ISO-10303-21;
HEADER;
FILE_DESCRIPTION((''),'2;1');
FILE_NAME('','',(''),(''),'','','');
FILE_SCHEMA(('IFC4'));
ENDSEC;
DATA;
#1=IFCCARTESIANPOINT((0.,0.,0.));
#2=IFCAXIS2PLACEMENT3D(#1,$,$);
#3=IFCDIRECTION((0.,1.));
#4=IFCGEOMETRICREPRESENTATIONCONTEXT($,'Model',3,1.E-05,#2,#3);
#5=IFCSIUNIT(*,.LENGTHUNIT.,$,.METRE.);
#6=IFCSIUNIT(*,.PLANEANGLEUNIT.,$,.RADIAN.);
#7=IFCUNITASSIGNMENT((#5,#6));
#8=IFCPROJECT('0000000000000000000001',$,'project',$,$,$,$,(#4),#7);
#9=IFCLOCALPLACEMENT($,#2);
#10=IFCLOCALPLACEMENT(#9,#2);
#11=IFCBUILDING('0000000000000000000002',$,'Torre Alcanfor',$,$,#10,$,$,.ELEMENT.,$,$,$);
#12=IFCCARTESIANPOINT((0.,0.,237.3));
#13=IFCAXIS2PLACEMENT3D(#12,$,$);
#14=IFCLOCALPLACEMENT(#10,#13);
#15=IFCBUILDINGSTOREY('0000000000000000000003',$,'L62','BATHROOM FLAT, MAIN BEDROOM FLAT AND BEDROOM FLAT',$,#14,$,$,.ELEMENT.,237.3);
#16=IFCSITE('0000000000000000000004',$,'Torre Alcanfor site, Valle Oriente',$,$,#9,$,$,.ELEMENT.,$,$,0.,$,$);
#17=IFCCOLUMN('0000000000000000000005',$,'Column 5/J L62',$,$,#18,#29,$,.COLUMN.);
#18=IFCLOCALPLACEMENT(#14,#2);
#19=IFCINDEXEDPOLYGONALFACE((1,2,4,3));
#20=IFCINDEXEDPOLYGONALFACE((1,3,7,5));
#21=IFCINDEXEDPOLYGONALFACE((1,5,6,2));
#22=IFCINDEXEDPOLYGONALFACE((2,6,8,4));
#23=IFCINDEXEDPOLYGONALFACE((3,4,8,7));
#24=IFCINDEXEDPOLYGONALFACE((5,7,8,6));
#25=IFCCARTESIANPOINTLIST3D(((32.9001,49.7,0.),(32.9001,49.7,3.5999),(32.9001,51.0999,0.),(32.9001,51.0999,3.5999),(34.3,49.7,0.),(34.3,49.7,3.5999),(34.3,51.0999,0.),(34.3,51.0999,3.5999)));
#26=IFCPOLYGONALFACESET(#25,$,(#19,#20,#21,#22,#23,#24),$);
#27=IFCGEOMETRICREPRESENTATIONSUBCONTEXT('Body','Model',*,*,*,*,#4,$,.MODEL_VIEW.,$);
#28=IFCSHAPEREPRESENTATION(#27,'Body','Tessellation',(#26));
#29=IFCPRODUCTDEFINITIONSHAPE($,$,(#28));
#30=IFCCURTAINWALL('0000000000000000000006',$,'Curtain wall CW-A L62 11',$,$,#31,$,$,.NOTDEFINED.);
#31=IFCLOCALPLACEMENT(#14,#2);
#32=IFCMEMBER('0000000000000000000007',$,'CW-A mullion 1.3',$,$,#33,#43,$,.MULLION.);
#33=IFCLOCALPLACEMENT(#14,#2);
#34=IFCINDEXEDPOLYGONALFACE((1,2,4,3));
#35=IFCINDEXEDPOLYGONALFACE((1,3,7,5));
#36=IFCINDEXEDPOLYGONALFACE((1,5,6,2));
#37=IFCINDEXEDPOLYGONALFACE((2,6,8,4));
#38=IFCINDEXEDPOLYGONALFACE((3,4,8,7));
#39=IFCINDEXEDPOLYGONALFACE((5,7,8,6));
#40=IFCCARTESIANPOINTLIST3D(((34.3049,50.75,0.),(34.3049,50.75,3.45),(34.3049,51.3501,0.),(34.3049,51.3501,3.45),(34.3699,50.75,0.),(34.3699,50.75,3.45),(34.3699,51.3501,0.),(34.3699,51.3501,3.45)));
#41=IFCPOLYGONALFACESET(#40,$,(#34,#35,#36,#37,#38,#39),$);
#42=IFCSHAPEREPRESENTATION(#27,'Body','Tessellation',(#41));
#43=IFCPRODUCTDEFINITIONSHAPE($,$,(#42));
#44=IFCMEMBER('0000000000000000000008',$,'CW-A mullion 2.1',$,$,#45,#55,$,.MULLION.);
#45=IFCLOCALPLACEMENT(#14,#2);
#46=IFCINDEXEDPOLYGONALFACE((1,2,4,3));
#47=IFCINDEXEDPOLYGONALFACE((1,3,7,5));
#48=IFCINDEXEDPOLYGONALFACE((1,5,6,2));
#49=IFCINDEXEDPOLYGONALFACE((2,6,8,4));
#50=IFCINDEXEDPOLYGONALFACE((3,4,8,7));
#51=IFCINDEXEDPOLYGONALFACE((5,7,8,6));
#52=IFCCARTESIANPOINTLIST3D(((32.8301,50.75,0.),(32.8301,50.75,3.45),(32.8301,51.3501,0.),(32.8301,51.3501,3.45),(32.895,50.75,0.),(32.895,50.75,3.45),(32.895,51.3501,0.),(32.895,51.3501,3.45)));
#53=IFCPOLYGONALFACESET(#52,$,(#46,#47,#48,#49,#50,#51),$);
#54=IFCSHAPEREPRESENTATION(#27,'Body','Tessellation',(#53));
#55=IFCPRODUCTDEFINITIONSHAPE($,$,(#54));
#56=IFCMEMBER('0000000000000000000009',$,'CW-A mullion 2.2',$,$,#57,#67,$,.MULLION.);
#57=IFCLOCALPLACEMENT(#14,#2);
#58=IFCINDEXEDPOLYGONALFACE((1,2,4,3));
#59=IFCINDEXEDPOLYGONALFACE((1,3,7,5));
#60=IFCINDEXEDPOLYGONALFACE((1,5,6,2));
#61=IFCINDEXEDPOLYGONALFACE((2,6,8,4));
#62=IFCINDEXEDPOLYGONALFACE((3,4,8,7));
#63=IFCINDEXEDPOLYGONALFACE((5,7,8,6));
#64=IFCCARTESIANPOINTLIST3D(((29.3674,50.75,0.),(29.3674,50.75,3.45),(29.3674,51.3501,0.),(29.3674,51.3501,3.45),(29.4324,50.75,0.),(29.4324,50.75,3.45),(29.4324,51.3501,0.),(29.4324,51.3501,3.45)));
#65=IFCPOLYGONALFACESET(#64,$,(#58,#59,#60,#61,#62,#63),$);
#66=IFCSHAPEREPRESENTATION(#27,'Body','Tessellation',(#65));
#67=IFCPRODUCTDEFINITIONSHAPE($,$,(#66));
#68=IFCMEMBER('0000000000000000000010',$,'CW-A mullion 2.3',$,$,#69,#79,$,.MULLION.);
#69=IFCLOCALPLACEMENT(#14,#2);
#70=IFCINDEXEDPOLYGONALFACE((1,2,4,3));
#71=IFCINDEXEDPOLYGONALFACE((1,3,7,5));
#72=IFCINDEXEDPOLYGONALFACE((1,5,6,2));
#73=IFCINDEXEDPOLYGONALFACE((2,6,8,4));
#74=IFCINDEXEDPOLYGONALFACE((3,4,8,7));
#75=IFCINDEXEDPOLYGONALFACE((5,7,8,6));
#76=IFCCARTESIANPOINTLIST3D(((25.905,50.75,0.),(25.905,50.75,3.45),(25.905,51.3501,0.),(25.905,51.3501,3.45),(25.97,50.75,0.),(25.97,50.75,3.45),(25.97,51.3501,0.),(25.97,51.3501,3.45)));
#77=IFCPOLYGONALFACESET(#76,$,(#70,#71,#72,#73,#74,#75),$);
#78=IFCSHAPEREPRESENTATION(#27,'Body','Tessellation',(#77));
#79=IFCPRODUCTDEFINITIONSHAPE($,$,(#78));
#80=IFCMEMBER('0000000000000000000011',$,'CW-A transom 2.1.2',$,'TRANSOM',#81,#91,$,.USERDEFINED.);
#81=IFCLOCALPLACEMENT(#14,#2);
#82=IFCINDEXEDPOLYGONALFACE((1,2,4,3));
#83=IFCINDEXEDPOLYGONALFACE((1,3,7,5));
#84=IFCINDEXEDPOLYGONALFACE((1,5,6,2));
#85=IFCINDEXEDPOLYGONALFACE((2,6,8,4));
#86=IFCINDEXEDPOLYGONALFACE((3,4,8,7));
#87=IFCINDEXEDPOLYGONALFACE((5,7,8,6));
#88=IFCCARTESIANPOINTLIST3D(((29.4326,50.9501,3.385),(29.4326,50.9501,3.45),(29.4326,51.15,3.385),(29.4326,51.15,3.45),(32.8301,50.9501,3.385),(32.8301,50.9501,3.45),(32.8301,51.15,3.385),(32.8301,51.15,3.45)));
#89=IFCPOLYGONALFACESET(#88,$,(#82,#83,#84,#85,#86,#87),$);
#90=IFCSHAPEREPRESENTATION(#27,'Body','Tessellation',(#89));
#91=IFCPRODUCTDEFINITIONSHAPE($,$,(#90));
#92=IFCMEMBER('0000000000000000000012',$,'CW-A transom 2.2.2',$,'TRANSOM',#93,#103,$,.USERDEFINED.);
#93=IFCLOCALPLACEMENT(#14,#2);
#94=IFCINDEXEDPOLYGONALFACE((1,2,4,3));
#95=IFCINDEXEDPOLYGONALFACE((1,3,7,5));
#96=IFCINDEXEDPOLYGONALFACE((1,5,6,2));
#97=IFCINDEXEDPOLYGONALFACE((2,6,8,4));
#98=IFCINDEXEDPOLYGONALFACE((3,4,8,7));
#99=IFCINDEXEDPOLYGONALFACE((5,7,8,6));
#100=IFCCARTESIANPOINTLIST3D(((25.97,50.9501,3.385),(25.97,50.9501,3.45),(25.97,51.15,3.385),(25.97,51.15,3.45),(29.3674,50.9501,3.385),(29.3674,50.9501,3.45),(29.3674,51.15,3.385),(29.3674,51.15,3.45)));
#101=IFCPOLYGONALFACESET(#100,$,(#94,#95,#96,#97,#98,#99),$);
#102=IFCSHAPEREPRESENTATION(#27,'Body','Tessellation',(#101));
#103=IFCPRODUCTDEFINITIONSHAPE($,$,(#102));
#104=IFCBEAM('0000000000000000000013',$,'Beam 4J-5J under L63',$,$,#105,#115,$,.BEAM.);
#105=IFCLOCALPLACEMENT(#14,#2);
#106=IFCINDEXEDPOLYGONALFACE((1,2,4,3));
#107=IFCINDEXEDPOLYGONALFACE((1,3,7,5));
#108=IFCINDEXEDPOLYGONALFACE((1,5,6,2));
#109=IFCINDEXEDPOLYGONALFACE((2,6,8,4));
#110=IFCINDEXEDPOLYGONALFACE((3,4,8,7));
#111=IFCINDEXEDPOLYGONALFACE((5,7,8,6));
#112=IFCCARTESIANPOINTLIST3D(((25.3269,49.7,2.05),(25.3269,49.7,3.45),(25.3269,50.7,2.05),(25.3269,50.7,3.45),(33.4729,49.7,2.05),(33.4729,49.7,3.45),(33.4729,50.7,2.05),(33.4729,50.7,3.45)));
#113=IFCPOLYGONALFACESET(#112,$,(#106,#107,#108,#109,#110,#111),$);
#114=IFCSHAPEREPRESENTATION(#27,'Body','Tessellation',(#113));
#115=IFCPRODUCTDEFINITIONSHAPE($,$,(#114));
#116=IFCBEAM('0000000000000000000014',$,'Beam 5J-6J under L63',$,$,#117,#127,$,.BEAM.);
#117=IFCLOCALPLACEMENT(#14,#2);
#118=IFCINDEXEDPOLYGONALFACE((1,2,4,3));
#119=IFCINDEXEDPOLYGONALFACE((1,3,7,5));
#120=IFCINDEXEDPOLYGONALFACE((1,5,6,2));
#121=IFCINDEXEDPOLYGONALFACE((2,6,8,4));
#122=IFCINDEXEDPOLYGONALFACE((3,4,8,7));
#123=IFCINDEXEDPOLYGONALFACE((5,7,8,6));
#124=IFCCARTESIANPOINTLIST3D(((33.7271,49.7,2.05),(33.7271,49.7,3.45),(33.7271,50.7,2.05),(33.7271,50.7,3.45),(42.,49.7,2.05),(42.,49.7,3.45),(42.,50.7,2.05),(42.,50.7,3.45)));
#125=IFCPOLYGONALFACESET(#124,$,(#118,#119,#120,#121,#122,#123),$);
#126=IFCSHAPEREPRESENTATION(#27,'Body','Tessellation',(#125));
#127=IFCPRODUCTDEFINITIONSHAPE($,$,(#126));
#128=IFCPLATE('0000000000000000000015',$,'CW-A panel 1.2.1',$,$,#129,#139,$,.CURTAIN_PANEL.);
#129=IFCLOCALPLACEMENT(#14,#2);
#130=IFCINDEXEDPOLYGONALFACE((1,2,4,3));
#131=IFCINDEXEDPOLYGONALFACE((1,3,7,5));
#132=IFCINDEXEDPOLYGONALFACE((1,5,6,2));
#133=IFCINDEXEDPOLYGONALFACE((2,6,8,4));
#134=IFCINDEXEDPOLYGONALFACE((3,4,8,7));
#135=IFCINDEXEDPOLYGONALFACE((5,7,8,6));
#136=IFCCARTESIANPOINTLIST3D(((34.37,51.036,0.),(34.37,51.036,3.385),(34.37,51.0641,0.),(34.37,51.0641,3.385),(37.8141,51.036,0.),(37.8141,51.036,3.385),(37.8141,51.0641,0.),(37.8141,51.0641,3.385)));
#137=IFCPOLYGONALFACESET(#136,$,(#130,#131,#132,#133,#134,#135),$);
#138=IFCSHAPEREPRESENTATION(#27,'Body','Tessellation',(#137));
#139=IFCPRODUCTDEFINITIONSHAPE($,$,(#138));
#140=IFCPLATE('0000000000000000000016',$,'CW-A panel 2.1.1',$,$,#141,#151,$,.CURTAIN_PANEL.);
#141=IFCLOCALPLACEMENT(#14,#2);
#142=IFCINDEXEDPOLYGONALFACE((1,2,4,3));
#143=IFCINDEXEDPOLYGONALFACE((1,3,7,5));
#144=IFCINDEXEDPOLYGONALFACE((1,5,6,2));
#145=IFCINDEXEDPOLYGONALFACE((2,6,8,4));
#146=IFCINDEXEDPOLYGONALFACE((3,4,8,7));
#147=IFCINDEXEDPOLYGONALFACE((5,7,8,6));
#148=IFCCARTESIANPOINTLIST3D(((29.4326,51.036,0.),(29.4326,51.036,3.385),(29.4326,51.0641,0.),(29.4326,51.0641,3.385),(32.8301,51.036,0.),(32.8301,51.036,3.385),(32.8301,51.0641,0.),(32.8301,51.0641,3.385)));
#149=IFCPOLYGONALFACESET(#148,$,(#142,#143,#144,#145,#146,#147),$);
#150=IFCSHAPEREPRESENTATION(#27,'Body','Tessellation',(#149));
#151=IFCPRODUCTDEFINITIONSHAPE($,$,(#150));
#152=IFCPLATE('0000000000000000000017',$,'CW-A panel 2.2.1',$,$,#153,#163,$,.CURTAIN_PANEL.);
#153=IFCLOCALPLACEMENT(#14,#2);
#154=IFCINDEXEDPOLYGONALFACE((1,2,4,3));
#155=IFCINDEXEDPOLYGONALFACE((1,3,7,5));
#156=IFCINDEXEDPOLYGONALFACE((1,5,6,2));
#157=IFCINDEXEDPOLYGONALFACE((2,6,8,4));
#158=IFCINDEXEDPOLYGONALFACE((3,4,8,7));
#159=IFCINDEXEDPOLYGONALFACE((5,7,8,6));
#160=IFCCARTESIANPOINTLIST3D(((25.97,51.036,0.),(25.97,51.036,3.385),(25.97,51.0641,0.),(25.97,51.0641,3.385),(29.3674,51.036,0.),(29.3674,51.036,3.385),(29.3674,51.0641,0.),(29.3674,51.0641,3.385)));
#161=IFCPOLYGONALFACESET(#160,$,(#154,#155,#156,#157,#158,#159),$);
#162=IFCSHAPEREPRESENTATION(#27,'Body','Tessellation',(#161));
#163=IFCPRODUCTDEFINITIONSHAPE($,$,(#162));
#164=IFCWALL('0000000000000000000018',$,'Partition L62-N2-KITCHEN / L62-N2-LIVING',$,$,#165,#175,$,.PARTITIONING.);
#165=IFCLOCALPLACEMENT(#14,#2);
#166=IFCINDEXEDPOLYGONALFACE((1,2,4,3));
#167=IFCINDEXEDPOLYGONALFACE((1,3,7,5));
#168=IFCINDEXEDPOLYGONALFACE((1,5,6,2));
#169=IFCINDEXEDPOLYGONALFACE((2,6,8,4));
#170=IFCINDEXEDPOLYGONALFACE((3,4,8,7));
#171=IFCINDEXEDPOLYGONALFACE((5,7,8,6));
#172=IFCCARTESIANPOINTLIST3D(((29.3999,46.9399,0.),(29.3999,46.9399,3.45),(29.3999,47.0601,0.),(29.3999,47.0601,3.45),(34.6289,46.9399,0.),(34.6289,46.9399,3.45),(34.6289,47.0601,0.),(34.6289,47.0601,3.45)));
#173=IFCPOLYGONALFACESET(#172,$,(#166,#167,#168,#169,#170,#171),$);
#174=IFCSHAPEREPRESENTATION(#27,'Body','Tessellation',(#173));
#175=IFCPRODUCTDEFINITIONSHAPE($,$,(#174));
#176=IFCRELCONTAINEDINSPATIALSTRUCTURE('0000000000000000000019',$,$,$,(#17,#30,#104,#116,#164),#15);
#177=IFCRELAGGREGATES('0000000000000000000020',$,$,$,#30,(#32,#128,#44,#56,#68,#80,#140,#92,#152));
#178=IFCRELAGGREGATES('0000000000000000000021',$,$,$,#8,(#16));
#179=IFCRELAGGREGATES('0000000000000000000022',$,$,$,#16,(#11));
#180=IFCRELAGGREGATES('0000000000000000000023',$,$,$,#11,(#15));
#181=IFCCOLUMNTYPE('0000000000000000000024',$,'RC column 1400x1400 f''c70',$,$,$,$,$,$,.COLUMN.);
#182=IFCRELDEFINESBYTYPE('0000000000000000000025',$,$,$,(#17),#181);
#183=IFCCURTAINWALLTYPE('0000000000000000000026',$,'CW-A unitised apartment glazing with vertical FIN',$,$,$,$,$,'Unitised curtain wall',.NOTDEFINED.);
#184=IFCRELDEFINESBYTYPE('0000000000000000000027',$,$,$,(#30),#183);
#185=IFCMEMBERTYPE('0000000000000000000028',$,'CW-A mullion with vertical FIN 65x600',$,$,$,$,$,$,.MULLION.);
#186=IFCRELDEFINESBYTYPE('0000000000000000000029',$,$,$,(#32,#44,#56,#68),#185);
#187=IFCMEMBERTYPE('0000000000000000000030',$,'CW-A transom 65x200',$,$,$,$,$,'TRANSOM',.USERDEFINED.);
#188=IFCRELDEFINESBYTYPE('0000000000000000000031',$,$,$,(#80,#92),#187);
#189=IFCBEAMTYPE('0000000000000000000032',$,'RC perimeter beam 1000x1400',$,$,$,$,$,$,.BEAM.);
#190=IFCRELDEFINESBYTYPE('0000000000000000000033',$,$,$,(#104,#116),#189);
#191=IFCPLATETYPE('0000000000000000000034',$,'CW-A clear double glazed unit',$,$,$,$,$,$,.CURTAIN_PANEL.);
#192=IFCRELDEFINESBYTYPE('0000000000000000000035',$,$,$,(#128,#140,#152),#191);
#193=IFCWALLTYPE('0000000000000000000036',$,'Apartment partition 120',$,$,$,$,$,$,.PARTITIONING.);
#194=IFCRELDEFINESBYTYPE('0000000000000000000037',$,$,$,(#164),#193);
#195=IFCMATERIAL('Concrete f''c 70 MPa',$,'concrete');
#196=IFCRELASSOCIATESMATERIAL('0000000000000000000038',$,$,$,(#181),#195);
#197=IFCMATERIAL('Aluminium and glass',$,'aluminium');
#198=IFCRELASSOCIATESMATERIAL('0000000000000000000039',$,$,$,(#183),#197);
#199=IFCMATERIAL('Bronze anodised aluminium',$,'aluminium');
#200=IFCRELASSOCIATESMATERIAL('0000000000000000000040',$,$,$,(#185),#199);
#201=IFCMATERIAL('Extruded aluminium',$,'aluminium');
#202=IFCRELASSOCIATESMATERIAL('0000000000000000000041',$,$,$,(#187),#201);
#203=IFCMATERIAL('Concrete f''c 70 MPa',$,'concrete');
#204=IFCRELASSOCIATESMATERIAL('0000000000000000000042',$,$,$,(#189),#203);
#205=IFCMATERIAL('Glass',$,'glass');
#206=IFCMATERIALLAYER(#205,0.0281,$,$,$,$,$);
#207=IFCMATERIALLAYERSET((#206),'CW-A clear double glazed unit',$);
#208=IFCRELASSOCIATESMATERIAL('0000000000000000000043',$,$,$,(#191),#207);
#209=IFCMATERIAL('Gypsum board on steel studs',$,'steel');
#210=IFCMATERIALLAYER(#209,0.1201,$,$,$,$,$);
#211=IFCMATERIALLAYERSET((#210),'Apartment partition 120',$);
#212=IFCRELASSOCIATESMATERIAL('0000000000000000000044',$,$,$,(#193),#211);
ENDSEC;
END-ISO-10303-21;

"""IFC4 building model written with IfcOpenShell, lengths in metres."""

from ifc_helpers import new_model, si_unit, direction, frame, frame_2d, origin, origin_2d, place, context, subcontext, project, spatial, rectangle, extrude, material, layer, layer_set, material_profile, profile_set, type_object, element, aggregate, save


model = new_model("IFC4")

# Units and contexts
model_context = context("Model", 3, precision=1e-05, world=origin(), true_north=direction((0.0, 1.0)))
body_context = subcontext(model_context, "Body", "Model", "MODEL_VIEW")
ifc_project = project(units=[si_unit("LENGTHUNIT", "METRE"), si_unit("PLANEANGLEUNIT", "RADIAN")], contexts=[model_context])

# Site, building, storey
site_placement = place(None, origin())
site = spatial("IfcSite", under=ifc_project, at=site_placement, Name="Torre Alcanfor site, Valle Oriente", CompositionType="ELEMENT", RefElevation=0.0)
building_placement = place(site_placement, origin())
building = spatial("IfcBuilding", under=site, at=building_placement, Name="Torre Alcanfor", CompositionType="ELEMENT")
storey_placement = place(building_placement, frame((0.0, 0.0, 237.3)))
storey = spatial("IfcBuildingStorey", under=building, at=storey_placement, Name="L62", Description="BATHROOM FLAT, MAIN BEDROOM FLAT AND BEDROOM FLAT", CompositionType="ELEMENT", Elevation=237.3)

# Column
ifc_material_1 = material(Name="Concrete f'c 70 MPa", Category="concrete")
ifc_material_profile_1 = material_profile(ifc_material_1, rectangle(XDim=1.3999, YDim=1.3999, at=origin_2d()), Name="1400x1400")
ifc_profile_set_1 = profile_set([ifc_material_profile_1], Name="Concrete f'c 70 MPa")
column_type = type_object("IfcColumnType", Name="RC column 1400x1400 f'c70", PredefinedType="COLUMN", material=ifc_profile_set_1)
column_placement = place(storey_placement, frame((33.6001, 50.3999, 0.0), z_axis=(0.0, 0.0, 1.0), x_axis=(1.0, 0.0, 0.0)))
element("IfcColumn", 1, at=column_placement, inside=storey, type_object=column_type, Name="Column 5/J L62", PredefinedType="COLUMN", context=body_context, shape_type="SweptSolid", body=[
    extrude(rectangle(XDim=1.3999, YDim=1.3999, at=origin_2d()), origin(), (0.0, 0.0, 1.0), 3.5999),
])

# Curtain wall, members
ifc_material_2 = material(Name="Aluminium and glass", Category="aluminium")
curtain_wall_type = type_object("IfcCurtainWallType", Name="CW-A unitised apartment glazing with vertical FIN", ElementType="Unitised curtain wall", PredefinedType="NOTDEFINED", material=ifc_material_2)
curtain_wall_placement = place(storey_placement, origin())
curtain_wall = element("IfcCurtainWall", 2, at=curtain_wall_placement, inside=storey, type_object=curtain_wall_type, Name="Curtain wall CW-A L62 11", PredefinedType="NOTDEFINED")
ifc_material_3 = material(Name="Bronze anodised aluminium", Category="aluminium")
ifc_material_profile_2 = material_profile(ifc_material_3, rectangle(XDim=0.6001, YDim=0.0649, at=origin_2d()), Name="CW-A mullion 65x600")
ifc_profile_set_2 = profile_set([ifc_material_profile_2], Name="Bronze anodised aluminium")
member_type_1 = type_object("IfcMemberType", Name="CW-A mullion with vertical FIN 65x600", PredefinedType="MULLION", material=ifc_profile_set_2)
member_1_placement = place(storey_placement, frame((34.3374, 51.05, 0.0), z_axis=(0.0, 0.0, 1.0), x_axis=(0.0, -1.0, 0.0)))
member_1 = element("IfcMember", 3, at=member_1_placement, type_object=member_type_1, Name="CW-A mullion 1.3", PredefinedType="MULLION", context=body_context, shape_type="SweptSolid", body=[
    extrude(rectangle(XDim=0.6001, YDim=0.0649, at=origin_2d()), origin(), (0.0, 0.0, 1.0), 3.45),
])
member_2_placement = place(storey_placement, frame((32.8625, 51.05, 0.0), z_axis=(0.0, 0.0, 1.0), x_axis=(0.0, -1.0, 0.0)))
member_2 = element("IfcMember", 4, at=member_2_placement, type_object=member_type_1, Name="CW-A mullion 2.1", PredefinedType="MULLION", context=body_context, shape_type="SweptSolid", body=[
    extrude(rectangle(XDim=0.6001, YDim=0.0649, at=origin_2d()), origin(), (0.0, 0.0, 1.0), 3.45),
])
member_3_placement = place(storey_placement, frame((29.3999, 51.05, 0.0), z_axis=(0.0, 0.0, 1.0), x_axis=(0.0, -1.0, 0.0)))
member_3 = element("IfcMember", 5, at=member_3_placement, type_object=member_type_1, Name="CW-A mullion 2.2", PredefinedType="MULLION", context=body_context, shape_type="SweptSolid", body=[
    extrude(rectangle(XDim=0.6001, YDim=0.0649, at=origin_2d()), origin(), (0.0, 0.0, 1.0), 3.45),
])
member_4_placement = place(storey_placement, frame((25.9375, 51.05, 0.0), z_axis=(0.0, 0.0, 1.0), x_axis=(0.0, -1.0, 0.0)))
member_4 = element("IfcMember", 6, at=member_4_placement, type_object=member_type_1, Name="CW-A mullion 2.3", PredefinedType="MULLION", context=body_context, shape_type="SweptSolid", body=[
    extrude(rectangle(XDim=0.6001, YDim=0.0649, at=origin_2d()), origin(), (0.0, 0.0, 1.0), 3.45),
])
ifc_material_4 = material(Name="Extruded aluminium", Category="aluminium")
ifc_material_profile_3 = material_profile(ifc_material_4, rectangle(XDim=0.2, YDim=0.0649, at=origin_2d()), Name="CW-A transom 200x65")
ifc_profile_set_3 = profile_set([ifc_material_profile_3], Name="Extruded aluminium")
member_type_2 = type_object("IfcMemberType", Name="CW-A transom 65x200", ElementType="TRANSOM", PredefinedType="USERDEFINED", material=ifc_profile_set_3)
member_5_placement = place(storey_placement, frame((32.8301, 51.05, 3.4175), z_axis=(-1.0, 0.0, 0.0), x_axis=(0.0, -1.0, 0.0)))
member_5 = element("IfcMember", 7, at=member_5_placement, type_object=member_type_2, Name="CW-A transom 2.1.2", ObjectType="TRANSOM", PredefinedType="USERDEFINED", context=body_context, shape_type="SweptSolid", body=[
    extrude(rectangle(XDim=0.2, YDim=0.0649, at=origin_2d()), origin(), (0.0, 0.0, 1.0), 3.3975),
])
member_6_placement = place(storey_placement, frame((29.3674, 51.05, 3.4175), z_axis=(-1.0, 0.0, 0.0), x_axis=(0.0, -1.0, 0.0)))
member_6 = element("IfcMember", 8, at=member_6_placement, type_object=member_type_2, Name="CW-A transom 2.2.2", ObjectType="TRANSOM", PredefinedType="USERDEFINED", context=body_context, shape_type="SweptSolid", body=[
    extrude(rectangle(XDim=0.2, YDim=0.0649, at=origin_2d()), origin(), (0.0, 0.0, 1.0), 3.3975),
])

# Beams
ifc_material_5 = material(Name="Concrete f'c 70 MPa", Category="concrete")
ifc_material_profile_4 = material_profile(ifc_material_5, rectangle(XDim=1.0, YDim=1.3999, at=origin_2d()), Name="1000x1400")
ifc_profile_set_4 = profile_set([ifc_material_profile_4], Name="Concrete f'c 70 MPa")
beam_type = type_object("IfcBeamType", Name="RC perimeter beam 1000x1400", PredefinedType="BEAM", material=ifc_profile_set_4)
beam_1_placement = place(storey_placement, frame((25.3269, 50.2, 2.75), z_axis=(1.0, 0.0, 0.0), x_axis=(0.0, 1.0, 0.0)))
element("IfcBeam", 9, at=beam_1_placement, inside=storey, type_object=beam_type, Name="Beam 4J-5J under L63", PredefinedType="BEAM", context=body_context, shape_type="SweptSolid", body=[
    extrude(rectangle(XDim=1.0, YDim=1.3999, at=origin_2d()), origin(), (0.0, 0.0, 1.0), 8.146),
])
beam_2_placement = place(storey_placement, frame((33.7271, 50.2, 2.75), z_axis=(1.0, 0.0, 0.0), x_axis=(0.0, 1.0, 0.0)))
element("IfcBeam", 10, at=beam_2_placement, inside=storey, type_object=beam_type, Name="Beam 5J-6J under L63", PredefinedType="BEAM", context=body_context, shape_type="SweptSolid", body=[
    extrude(rectangle(XDim=1.0, YDim=1.3999, at=origin_2d()), origin(), (0.0, 0.0, 1.0), 8.2729),
])

# Plates
ifc_material_6 = material(Name="Glass", Category="glass")
ifc_layer_1 = layer(ifc_material_6, 0.0281)
ifc_layer_set_1 = layer_set([ifc_layer_1], Name="CW-A clear double glazed unit")
plate_type = type_object("IfcPlateType", Name="CW-A clear double glazed unit", PredefinedType="CURTAIN_PANEL", material=ifc_layer_set_1)
plate_1_placement = place(storey_placement, frame((36.092, 51.05, 0.0), z_axis=(0.0, 0.0, 1.0), x_axis=(-1.0, 0.0, 0.0)))
plate_1 = element("IfcPlate", 11, at=plate_1_placement, type_object=plate_type, Name="CW-A panel 1.2.1", PredefinedType="CURTAIN_PANEL", context=body_context, shape_type="SweptSolid", body=[
    extrude(rectangle(XDim=3.4441, YDim=0.0281, at=origin_2d()), origin(), (0.0, 0.0, 1.0), 3.385),
])
plate_2_placement = place(storey_placement, frame((31.1313, 51.05, 0.0), z_axis=(0.0, 0.0, 1.0), x_axis=(-1.0, 0.0, 0.0)))
plate_2 = element("IfcPlate", 12, at=plate_2_placement, type_object=plate_type, Name="CW-A panel 2.1.1", PredefinedType="CURTAIN_PANEL", context=body_context, shape_type="SweptSolid", body=[
    extrude(rectangle(XDim=3.3975, YDim=0.0281, at=origin_2d()), origin(), (0.0, 0.0, 1.0), 3.385),
])
plate_3_placement = place(storey_placement, frame((27.6687, 51.05, 0.0), z_axis=(0.0, 0.0, 1.0), x_axis=(-1.0, 0.0, 0.0)))
plate_3 = element("IfcPlate", 13, at=plate_3_placement, type_object=plate_type, Name="CW-A panel 2.2.1", PredefinedType="CURTAIN_PANEL", context=body_context, shape_type="SweptSolid", body=[
    extrude(rectangle(XDim=3.3975, YDim=0.0281, at=origin_2d()), origin(), (0.0, 0.0, 1.0), 3.385),
])
aggregate(curtain_wall, [member_1, plate_1, member_2, member_3, member_4, member_5, plate_2, member_6, plate_3])

# Wall
ifc_material_7 = material(Name="Gypsum board on steel studs", Category="steel")
ifc_layer_2 = layer(ifc_material_7, 0.1201)
ifc_layer_set_2 = layer_set([ifc_layer_2], Name="Apartment partition 120")
wall_type_1 = type_object("IfcWallType", Name="Apartment partition 120", PredefinedType="PARTITIONING", material=ifc_layer_set_2)
wall_1_placement = place(storey_placement, frame((29.3999, 47.0, 0.0), z_axis=(0.0, 0.0, 1.0), x_axis=(1.0, 0.0, 0.0)))
element("IfcWall", 14, at=wall_1_placement, inside=storey, type_object=wall_type_1, Name="Partition L62-N2-KITCHEN / L62-N2-LIVING", PredefinedType="PARTITIONING", context=body_context, shape_type="SweptSolid", body=[
    extrude(rectangle(XDim=5.229, YDim=0.1201, at=frame_2d((2.6145, 0.0))), origin(), (0.0, 0.0, 1.0), 3.45),
])

save(model, "model.ifc")
